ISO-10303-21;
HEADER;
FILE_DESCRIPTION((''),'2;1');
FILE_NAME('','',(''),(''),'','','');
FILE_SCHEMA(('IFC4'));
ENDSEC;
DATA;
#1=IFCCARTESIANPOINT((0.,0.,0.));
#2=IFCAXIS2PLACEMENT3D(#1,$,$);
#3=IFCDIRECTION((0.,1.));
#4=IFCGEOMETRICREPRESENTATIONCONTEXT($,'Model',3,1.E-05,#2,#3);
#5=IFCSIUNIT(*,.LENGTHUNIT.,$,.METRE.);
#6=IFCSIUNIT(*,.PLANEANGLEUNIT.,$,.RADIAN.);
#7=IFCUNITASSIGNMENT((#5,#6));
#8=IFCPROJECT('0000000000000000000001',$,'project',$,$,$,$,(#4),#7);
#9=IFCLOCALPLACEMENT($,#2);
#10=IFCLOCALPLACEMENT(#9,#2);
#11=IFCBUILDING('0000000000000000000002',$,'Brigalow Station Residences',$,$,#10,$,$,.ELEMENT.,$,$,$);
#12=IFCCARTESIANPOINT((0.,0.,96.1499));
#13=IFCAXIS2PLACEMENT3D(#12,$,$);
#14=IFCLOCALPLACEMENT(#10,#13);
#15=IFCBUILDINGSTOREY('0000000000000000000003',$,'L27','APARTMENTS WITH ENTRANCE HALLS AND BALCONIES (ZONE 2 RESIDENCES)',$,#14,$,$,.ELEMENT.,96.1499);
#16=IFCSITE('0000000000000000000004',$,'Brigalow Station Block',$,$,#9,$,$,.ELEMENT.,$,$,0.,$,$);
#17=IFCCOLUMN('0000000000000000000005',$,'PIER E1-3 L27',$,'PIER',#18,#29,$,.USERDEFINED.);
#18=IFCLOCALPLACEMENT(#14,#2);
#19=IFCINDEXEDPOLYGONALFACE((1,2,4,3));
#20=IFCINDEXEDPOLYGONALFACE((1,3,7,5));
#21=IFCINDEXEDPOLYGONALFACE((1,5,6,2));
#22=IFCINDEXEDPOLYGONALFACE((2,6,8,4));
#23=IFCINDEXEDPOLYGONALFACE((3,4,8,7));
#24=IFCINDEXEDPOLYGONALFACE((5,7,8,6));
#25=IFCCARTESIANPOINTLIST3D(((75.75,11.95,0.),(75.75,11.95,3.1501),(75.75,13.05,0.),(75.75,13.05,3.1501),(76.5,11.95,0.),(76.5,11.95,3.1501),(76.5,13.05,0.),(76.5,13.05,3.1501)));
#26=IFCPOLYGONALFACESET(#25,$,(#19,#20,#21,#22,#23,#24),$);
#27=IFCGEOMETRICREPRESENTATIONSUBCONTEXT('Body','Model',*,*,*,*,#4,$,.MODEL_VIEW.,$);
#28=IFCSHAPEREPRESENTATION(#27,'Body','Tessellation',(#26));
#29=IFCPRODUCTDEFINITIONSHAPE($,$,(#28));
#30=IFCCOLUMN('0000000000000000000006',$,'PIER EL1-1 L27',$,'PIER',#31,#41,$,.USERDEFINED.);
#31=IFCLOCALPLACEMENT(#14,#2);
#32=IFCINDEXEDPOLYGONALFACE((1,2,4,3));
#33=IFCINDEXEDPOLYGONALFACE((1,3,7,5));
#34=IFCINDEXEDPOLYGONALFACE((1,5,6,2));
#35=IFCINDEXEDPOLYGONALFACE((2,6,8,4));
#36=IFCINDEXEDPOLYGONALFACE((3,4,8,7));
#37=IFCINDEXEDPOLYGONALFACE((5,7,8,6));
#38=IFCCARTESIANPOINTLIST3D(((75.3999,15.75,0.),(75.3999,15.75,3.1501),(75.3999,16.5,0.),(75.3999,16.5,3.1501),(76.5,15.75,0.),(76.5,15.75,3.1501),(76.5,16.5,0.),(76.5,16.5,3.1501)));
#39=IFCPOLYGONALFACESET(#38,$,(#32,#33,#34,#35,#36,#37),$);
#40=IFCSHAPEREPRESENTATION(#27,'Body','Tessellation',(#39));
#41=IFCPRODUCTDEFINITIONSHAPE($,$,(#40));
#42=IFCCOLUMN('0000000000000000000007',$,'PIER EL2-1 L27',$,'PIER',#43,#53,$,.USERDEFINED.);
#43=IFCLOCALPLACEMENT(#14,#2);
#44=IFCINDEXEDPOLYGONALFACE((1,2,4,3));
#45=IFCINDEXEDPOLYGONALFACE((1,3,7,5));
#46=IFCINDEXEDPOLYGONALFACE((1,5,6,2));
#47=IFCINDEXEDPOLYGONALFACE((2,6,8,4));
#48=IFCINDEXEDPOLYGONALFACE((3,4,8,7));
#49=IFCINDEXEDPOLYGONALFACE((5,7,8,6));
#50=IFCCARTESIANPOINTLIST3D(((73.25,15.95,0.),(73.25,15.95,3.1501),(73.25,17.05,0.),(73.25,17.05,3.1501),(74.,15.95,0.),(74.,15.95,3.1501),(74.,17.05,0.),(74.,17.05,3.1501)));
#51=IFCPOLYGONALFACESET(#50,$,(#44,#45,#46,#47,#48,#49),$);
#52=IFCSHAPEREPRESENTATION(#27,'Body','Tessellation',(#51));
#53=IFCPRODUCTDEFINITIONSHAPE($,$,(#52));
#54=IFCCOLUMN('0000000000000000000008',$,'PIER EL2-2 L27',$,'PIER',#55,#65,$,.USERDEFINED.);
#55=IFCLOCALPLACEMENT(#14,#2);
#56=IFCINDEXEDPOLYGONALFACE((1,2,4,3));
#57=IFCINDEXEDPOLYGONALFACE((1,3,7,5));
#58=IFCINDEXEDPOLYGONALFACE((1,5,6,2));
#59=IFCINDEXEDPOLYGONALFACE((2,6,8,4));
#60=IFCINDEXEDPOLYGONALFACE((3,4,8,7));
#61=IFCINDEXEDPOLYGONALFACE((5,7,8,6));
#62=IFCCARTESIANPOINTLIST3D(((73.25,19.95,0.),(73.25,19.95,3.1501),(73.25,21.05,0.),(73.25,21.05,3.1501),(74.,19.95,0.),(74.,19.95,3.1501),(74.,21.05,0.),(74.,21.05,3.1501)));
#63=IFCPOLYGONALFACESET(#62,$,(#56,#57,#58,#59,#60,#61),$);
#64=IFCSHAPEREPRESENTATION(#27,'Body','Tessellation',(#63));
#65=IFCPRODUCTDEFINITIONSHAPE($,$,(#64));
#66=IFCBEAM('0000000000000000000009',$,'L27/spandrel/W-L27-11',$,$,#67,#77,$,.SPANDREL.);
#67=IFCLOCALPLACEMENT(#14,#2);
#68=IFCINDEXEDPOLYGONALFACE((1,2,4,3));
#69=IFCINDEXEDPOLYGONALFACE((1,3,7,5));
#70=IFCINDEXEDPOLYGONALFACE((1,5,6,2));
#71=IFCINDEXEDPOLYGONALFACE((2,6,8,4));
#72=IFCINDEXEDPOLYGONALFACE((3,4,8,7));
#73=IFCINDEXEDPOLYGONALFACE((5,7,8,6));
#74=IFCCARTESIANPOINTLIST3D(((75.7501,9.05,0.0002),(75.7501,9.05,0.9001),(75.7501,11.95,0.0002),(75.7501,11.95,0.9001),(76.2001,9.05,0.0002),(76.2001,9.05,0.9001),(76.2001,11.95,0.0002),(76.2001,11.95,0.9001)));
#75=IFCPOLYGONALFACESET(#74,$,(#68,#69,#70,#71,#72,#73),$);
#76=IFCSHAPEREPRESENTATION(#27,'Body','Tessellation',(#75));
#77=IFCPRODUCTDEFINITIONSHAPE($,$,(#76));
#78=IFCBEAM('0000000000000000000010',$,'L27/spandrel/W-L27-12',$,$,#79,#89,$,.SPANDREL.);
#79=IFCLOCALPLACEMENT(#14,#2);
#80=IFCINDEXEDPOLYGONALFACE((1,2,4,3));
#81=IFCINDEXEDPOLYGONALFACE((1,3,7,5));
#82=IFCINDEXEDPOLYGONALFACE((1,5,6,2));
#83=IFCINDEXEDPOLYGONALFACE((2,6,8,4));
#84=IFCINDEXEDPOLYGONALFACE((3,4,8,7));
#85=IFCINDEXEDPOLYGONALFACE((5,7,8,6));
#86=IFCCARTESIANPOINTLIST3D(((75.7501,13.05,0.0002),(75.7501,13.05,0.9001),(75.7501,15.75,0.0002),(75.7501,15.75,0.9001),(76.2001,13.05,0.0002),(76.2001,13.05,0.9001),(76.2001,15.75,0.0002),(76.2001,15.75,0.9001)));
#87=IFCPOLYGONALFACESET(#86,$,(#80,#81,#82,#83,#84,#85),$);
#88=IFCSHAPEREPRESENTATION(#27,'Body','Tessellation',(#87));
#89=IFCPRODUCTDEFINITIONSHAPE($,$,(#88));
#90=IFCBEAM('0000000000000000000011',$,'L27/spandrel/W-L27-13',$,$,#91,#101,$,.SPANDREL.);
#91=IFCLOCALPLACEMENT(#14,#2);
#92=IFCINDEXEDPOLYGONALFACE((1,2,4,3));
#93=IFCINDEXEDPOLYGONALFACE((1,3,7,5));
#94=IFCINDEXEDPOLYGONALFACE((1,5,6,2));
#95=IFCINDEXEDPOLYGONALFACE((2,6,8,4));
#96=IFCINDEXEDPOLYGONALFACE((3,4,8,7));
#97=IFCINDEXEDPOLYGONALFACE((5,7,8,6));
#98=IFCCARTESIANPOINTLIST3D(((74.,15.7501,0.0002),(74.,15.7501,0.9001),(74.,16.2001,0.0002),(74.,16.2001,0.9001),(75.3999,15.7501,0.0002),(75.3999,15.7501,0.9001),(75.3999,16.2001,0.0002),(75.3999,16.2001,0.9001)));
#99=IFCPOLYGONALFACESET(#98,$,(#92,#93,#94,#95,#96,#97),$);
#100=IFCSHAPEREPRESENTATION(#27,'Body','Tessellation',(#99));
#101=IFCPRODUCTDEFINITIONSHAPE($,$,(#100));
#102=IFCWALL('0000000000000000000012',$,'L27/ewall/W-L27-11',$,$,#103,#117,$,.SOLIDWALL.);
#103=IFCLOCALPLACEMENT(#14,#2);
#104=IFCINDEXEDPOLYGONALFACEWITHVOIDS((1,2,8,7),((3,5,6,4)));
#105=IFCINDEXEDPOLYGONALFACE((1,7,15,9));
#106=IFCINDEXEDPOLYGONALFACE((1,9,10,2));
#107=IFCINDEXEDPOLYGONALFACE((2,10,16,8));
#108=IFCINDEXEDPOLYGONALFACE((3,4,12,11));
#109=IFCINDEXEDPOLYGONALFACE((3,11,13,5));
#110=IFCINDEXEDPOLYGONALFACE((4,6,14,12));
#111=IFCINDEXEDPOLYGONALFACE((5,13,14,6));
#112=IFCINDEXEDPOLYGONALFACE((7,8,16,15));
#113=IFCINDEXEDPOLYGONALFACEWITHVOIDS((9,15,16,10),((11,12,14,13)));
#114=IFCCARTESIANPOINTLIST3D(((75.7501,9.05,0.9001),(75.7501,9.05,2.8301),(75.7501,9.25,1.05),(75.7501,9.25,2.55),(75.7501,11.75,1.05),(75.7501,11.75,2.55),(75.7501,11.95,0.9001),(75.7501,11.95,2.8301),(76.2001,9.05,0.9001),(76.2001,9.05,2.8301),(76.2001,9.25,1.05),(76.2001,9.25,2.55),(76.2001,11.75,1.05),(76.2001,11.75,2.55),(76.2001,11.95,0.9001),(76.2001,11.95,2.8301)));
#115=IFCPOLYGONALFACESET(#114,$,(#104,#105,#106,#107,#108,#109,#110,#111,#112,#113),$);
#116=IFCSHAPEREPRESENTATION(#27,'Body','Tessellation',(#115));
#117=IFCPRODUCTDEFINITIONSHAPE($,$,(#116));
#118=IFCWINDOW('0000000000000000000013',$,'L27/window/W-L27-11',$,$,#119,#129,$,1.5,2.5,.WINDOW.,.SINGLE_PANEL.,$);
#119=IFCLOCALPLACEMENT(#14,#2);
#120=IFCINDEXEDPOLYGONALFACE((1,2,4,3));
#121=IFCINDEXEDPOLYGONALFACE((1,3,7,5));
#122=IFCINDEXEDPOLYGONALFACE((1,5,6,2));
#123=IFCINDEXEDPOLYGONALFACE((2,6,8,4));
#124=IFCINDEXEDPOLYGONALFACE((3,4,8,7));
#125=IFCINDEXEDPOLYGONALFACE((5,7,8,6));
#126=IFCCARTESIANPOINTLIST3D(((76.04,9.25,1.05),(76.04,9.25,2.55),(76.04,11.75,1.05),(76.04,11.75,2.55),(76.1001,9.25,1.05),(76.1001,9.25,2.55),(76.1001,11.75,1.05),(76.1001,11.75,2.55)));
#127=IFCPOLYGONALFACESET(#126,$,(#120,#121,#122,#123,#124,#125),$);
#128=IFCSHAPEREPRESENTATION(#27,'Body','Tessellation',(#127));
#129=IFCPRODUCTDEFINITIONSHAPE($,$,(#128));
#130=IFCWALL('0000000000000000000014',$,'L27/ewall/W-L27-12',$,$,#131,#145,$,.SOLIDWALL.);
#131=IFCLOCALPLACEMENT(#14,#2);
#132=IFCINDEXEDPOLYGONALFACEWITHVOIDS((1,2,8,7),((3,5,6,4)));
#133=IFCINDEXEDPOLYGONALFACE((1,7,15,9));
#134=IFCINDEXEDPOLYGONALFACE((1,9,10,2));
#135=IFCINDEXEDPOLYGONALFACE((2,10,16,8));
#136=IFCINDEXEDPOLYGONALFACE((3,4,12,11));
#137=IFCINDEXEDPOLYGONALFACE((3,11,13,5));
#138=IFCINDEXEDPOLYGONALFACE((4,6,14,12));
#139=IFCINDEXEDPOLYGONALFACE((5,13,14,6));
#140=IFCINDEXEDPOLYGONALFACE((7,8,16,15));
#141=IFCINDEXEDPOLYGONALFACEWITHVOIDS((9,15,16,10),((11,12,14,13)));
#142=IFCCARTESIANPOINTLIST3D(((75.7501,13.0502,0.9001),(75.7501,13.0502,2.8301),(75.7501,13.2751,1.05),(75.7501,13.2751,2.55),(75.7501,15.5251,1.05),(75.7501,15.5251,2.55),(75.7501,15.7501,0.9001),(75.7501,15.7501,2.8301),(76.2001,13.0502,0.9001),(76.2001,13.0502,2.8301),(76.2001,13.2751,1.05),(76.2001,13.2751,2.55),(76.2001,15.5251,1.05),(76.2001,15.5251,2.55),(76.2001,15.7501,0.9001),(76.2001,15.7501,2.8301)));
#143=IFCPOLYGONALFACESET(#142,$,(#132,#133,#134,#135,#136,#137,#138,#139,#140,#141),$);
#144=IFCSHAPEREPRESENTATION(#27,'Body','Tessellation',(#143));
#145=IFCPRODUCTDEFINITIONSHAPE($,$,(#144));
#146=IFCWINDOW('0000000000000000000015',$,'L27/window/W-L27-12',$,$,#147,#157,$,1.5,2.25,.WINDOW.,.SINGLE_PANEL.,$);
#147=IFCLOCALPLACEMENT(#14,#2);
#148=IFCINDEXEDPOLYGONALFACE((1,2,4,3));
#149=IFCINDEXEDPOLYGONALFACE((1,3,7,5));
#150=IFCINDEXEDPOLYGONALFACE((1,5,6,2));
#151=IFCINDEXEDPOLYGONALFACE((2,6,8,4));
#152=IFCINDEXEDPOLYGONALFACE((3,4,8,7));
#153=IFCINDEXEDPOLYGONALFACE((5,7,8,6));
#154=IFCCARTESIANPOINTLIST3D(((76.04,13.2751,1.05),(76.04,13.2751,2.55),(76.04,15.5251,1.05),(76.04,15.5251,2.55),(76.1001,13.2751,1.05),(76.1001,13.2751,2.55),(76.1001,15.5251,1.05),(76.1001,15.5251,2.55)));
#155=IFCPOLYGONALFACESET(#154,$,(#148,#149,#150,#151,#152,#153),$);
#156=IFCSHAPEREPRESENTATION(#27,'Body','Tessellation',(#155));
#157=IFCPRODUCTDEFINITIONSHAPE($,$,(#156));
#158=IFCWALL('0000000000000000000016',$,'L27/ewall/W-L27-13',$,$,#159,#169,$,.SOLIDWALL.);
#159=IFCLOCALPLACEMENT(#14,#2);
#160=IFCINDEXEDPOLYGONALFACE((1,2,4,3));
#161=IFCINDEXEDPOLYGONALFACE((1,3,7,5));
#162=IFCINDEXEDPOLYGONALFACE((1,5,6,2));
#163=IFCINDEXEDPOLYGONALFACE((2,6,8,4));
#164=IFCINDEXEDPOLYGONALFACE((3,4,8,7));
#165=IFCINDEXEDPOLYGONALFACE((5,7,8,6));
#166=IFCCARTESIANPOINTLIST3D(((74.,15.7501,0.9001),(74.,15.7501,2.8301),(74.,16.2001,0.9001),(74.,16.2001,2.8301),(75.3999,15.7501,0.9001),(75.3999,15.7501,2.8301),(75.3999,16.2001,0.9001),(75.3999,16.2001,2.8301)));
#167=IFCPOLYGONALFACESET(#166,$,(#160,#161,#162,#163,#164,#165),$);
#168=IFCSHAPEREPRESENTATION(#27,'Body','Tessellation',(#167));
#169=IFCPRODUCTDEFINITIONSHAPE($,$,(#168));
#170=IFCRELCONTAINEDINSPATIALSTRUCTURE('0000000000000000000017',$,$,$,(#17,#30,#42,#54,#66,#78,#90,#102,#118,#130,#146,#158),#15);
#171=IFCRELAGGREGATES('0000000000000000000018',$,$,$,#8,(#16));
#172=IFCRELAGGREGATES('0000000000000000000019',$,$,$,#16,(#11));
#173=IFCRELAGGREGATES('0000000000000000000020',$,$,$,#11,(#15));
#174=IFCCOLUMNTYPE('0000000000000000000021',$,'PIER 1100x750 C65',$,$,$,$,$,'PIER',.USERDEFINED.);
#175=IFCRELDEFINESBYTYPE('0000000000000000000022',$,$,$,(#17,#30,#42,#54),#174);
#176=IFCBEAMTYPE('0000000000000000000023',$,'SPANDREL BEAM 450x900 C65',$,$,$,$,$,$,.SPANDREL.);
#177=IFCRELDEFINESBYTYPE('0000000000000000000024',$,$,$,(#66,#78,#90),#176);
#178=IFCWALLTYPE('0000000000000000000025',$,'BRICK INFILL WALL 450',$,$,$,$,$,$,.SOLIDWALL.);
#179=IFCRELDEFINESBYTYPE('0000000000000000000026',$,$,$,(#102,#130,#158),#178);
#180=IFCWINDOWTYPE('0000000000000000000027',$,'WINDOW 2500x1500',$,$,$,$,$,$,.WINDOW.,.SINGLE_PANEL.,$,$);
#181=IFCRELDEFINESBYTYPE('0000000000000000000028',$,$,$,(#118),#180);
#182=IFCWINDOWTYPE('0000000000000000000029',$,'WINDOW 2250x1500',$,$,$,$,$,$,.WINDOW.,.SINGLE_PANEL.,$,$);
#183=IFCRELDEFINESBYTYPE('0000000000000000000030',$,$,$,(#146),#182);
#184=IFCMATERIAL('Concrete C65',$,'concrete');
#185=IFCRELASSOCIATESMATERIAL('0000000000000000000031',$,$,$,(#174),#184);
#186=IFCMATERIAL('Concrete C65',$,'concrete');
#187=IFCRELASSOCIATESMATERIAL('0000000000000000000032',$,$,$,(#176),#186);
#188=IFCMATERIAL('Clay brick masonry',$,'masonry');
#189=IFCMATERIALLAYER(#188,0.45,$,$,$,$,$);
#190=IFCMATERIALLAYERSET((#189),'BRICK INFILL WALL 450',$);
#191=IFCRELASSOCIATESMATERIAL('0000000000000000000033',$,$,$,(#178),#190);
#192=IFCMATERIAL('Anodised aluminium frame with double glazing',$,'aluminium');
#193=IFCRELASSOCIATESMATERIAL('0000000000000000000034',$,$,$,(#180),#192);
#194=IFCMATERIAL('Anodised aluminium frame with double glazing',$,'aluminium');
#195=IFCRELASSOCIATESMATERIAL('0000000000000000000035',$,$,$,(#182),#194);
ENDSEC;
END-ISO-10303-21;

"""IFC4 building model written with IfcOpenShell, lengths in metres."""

from ifc_helpers import new_model, si_unit, direction, frame, frame_2d, origin, origin_2d, place, context, subcontext, project, spatial, rectangle, extrude, material, layer, layer_set, material_profile, profile_set, type_object, element, fill, save


model = new_model("IFC4")

# Units and contexts
model_context = context("Model", 3, precision=1e-05, world=origin(), true_north=direction((0.0, 1.0)))
body_context = subcontext(model_context, "Body", "Model", "MODEL_VIEW")
ifc_project = project(units=[si_unit("LENGTHUNIT", "METRE"), si_unit("PLANEANGLEUNIT", "RADIAN")], contexts=[model_context])

# Site, building, storey
site_placement = place(None, origin())
site = spatial("IfcSite", under=ifc_project, at=site_placement, Name="Brigalow Station Block", CompositionType="ELEMENT", RefElevation=0.0)
building_placement = place(site_placement, origin())
building = spatial("IfcBuilding", under=site, at=building_placement, Name="Brigalow Station Residences", CompositionType="ELEMENT")
storey_placement = place(building_placement, frame((0.0, 0.0, 96.1499)))
storey = spatial("IfcBuildingStorey", under=building, at=storey_placement, Name="L27", Description="APARTMENTS WITH ENTRANCE HALLS AND BALCONIES (ZONE 2 RESIDENCES)", CompositionType="ELEMENT", Elevation=96.1499)

# Columns
ifc_material_1 = material(Name="Concrete C65", Category="concrete")
ifc_material_profile_1 = material_profile(ifc_material_1, rectangle(XDim=1.1001, YDim=0.75, at=origin_2d()), Name="RC1100x750")
ifc_profile_set_1 = profile_set([ifc_material_profile_1], Name="Concrete C65")
column_type = type_object("IfcColumnType", Name="PIER 1100x750 C65", ElementType="PIER", PredefinedType="USERDEFINED", material=ifc_profile_set_1)
for number, where, z_axis, x_axis, name in (
    (1, (76.125, 12.5, 0.0), (0.0, 0.0, 1.0), (0.0, 1.0, 0.0), "PIER E1-3 L27"),
    (2, (75.95, 16.125, 0.0), (0.0, 0.0, 1.0), (-1.0, 0.0, 0.0), "PIER EL1-1 L27"),
    (3, (73.625, 16.5, 0.0), (0.0, 0.0, 1.0), (0.0, 1.0, 0.0), "PIER EL2-1 L27"),
    (4, (73.625, 20.5, 0.0), (0.0, 0.0, 1.0), (0.0, 1.0, 0.0), "PIER EL2-2 L27"),
):
    element("IfcColumn", number, at=place(storey_placement, frame(where, z_axis=z_axis, x_axis=x_axis)), inside=storey, type_object=column_type, Name=name, ObjectType="PIER", PredefinedType="USERDEFINED", context=body_context, shape_type="SweptSolid", body=[
        extrude(rectangle(XDim=1.1001, YDim=0.75, at=origin_2d()), origin(), (0.0, 0.0, 1.0), 3.1501),
    ])

# Beams
ifc_material_2 = material(Name="Concrete C65", Category="concrete")
ifc_material_profile_2 = material_profile(ifc_material_2, rectangle(XDim=0.45, YDim=0.8999, at=origin_2d()), Name="RC450x900")
ifc_profile_set_2 = profile_set([ifc_material_profile_2], Name="Concrete C65")
beam_type = type_object("IfcBeamType", Name="SPANDREL BEAM 450x900 C65", PredefinedType="SPANDREL", material=ifc_profile_set_2)
beam_1_placement = place(storey_placement, frame((75.9751, 9.05, 0.4502), z_axis=(0.0, 1.0, 0.0), x_axis=(-1.0, 0.0, 0.0)))
element("IfcBeam", 5, at=beam_1_placement, inside=storey, type_object=beam_type, Name="L27/spandrel/W-L27-11", PredefinedType="SPANDREL", context=body_context, shape_type="SweptSolid", body=[
    extrude(rectangle(XDim=0.45, YDim=0.8999, at=origin_2d()), origin(), (0.0, 0.0, 1.0), 2.8999),
])
beam_2_placement = place(storey_placement, frame((75.9751, 13.05, 0.4502), z_axis=(0.0, 1.0, 0.0), x_axis=(-1.0, 0.0, 0.0)))
element("IfcBeam", 6, at=beam_2_placement, inside=storey, type_object=beam_type, Name="L27/spandrel/W-L27-12", PredefinedType="SPANDREL", context=body_context, shape_type="SweptSolid", body=[
    extrude(rectangle(XDim=0.45, YDim=0.8999, at=origin_2d()), origin(), (0.0, 0.0, 1.0), 2.7),
])
beam_3_placement = place(storey_placement, frame((75.3999, 15.9751, 0.4502), z_axis=(-1.0, 0.0, 0.0), x_axis=(0.0, -1.0, 0.0)))
element("IfcBeam", 7, at=beam_3_placement, inside=storey, type_object=beam_type, Name="L27/spandrel/W-L27-13", PredefinedType="SPANDREL", context=body_context, shape_type="SweptSolid", body=[
    extrude(rectangle(XDim=0.45, YDim=0.8999, at=origin_2d()), origin(), (0.0, 0.0, 1.0), 1.3999),
])

# Walls, openings, windows
ifc_material_3 = material(Name="Clay brick masonry", Category="masonry")
ifc_layer = layer(ifc_material_3, 0.45)
ifc_layer_set = layer_set([ifc_layer], Name="BRICK INFILL WALL 450")
wall_type = type_object("IfcWallType", Name="BRICK INFILL WALL 450", PredefinedType="SOLIDWALL", material=ifc_layer_set)
wall_1_placement = place(storey_placement, frame((75.9751, 9.05, 0.9001), z_axis=(0.0, 0.0, 1.0), x_axis=(0.0, 1.0, 0.0)))
wall_1 = element("IfcWall", 8, at=wall_1_placement, inside=storey, type_object=wall_type, Name="L27/ewall/W-L27-11", PredefinedType="SOLIDWALL", context=body_context, shape_type="SweptSolid", body=[
    extrude(rectangle(XDim=2.8999, YDim=0.45, at=frame_2d((1.45, 0.0))), origin(), (0.0, 0.0, 1.0), 1.9299),
])
opening_1_placement = place(wall_1_placement, frame((0.2, 0.0, 0.1499)))
opening_1 = element("IfcOpeningElement", 9, at=opening_1_placement, cuts=wall_1, PredefinedType="OPENING", context=body_context, shape_type="SweptSolid", body=[
    extrude(rectangle(XDim=2.5, YDim=1.5, at=frame_2d((1.25, 0.75))), frame((0.0, 0.2349, 0.0), z_axis=(0.0, -1.0, 0.0), x_axis=(1.0, 0.0, 0.0)), (0.0, 0.0, 1.0), 0.47),
])
ifc_material_4 = material(Name="Anodised aluminium frame with double glazing", Category="aluminium")
window_type_1 = type_object("IfcWindowType", Name="WINDOW 2500x1500", PartitioningType="SINGLE_PANEL", PredefinedType="WINDOW", material=ifc_material_4)
window_1_placement = place(opening_1_placement, origin())
window_1 = element("IfcWindow", 10, at=window_1_placement, inside=storey, type_object=window_type_1, Name="L27/window/W-L27-11", OverallHeight=1.5, OverallWidth=2.5, PartitioningType="SINGLE_PANEL", PredefinedType="WINDOW", context=body_context, shape_type="SweptSolid", body=[
    extrude(rectangle(XDim=2.5, YDim=1.5, at=frame_2d((1.25, 0.75))), frame((0.0, -0.0649, 0.0), z_axis=(0.0, -1.0, 0.0), x_axis=(1.0, 0.0, 0.0)), (0.0, 0.0, 1.0), 0.0601),
])
fill(opening_1, window_1)
wall_2_placement = place(storey_placement, frame((75.9751, 13.05, 0.9001), z_axis=(0.0, 0.0, 1.0), x_axis=(0.0, 1.0, 0.0)))
wall_2 = element("IfcWall", 11, at=wall_2_placement, inside=storey, type_object=wall_type, Name="L27/ewall/W-L27-12", PredefinedType="SOLIDWALL", context=body_context, shape_type="SweptSolid", body=[
    extrude(rectangle(XDim=2.7, YDim=0.45, at=frame_2d((1.3501, 0.0))), origin(), (0.0, 0.0, 1.0), 1.9299),
])
opening_2_placement = place(wall_2_placement, frame((0.2251, 0.0, 0.1499)))
opening_2 = element("IfcOpeningElement", 12, at=opening_2_placement, cuts=wall_2, PredefinedType="OPENING", context=body_context, shape_type="SweptSolid", body=[
    extrude(rectangle(XDim=2.25, YDim=1.5, at=frame_2d((1.125, 0.75))), frame((0.0, 0.2349, 0.0), z_axis=(0.0, -1.0, 0.0), x_axis=(1.0, 0.0, 0.0)), (0.0, 0.0, 1.0), 0.47),
])
ifc_material_5 = material(Name="Anodised aluminium frame with double glazing", Category="aluminium")
window_type_2 = type_object("IfcWindowType", Name="WINDOW 2250x1500", PartitioningType="SINGLE_PANEL", PredefinedType="WINDOW", material=ifc_material_5)
window_2_placement = place(opening_2_placement, origin())
window_2 = element("IfcWindow", 13, at=window_2_placement, inside=storey, type_object=window_type_2, Name="L27/window/W-L27-12", OverallHeight=1.5, OverallWidth=2.25, PartitioningType="SINGLE_PANEL", PredefinedType="WINDOW", context=body_context, shape_type="SweptSolid", body=[
    extrude(rectangle(XDim=2.25, YDim=1.5, at=frame_2d((1.125, 0.75))), frame((0.0, -0.0649, 0.0), z_axis=(0.0, -1.0, 0.0), x_axis=(1.0, 0.0, 0.0)), (0.0, 0.0, 1.0), 0.0601),
])
fill(opening_2, window_2)

# Wall
wall_3_placement = place(storey_placement, frame((75.3999, 15.9751, 0.9001), z_axis=(0.0, 0.0, 1.0), x_axis=(-1.0, 0.0, 0.0)))
element("IfcWall", 14, at=wall_3_placement, inside=storey, type_object=wall_type, Name="L27/ewall/W-L27-13", PredefinedType="SOLIDWALL", context=body_context, shape_type="SweptSolid", body=[
    extrude(rectangle(XDim=1.3999, YDim=0.45, at=frame_2d((0.7, 0.0))), origin(), (0.0, 0.0, 1.0), 1.9299),
])

save(model, "model.ifc")
